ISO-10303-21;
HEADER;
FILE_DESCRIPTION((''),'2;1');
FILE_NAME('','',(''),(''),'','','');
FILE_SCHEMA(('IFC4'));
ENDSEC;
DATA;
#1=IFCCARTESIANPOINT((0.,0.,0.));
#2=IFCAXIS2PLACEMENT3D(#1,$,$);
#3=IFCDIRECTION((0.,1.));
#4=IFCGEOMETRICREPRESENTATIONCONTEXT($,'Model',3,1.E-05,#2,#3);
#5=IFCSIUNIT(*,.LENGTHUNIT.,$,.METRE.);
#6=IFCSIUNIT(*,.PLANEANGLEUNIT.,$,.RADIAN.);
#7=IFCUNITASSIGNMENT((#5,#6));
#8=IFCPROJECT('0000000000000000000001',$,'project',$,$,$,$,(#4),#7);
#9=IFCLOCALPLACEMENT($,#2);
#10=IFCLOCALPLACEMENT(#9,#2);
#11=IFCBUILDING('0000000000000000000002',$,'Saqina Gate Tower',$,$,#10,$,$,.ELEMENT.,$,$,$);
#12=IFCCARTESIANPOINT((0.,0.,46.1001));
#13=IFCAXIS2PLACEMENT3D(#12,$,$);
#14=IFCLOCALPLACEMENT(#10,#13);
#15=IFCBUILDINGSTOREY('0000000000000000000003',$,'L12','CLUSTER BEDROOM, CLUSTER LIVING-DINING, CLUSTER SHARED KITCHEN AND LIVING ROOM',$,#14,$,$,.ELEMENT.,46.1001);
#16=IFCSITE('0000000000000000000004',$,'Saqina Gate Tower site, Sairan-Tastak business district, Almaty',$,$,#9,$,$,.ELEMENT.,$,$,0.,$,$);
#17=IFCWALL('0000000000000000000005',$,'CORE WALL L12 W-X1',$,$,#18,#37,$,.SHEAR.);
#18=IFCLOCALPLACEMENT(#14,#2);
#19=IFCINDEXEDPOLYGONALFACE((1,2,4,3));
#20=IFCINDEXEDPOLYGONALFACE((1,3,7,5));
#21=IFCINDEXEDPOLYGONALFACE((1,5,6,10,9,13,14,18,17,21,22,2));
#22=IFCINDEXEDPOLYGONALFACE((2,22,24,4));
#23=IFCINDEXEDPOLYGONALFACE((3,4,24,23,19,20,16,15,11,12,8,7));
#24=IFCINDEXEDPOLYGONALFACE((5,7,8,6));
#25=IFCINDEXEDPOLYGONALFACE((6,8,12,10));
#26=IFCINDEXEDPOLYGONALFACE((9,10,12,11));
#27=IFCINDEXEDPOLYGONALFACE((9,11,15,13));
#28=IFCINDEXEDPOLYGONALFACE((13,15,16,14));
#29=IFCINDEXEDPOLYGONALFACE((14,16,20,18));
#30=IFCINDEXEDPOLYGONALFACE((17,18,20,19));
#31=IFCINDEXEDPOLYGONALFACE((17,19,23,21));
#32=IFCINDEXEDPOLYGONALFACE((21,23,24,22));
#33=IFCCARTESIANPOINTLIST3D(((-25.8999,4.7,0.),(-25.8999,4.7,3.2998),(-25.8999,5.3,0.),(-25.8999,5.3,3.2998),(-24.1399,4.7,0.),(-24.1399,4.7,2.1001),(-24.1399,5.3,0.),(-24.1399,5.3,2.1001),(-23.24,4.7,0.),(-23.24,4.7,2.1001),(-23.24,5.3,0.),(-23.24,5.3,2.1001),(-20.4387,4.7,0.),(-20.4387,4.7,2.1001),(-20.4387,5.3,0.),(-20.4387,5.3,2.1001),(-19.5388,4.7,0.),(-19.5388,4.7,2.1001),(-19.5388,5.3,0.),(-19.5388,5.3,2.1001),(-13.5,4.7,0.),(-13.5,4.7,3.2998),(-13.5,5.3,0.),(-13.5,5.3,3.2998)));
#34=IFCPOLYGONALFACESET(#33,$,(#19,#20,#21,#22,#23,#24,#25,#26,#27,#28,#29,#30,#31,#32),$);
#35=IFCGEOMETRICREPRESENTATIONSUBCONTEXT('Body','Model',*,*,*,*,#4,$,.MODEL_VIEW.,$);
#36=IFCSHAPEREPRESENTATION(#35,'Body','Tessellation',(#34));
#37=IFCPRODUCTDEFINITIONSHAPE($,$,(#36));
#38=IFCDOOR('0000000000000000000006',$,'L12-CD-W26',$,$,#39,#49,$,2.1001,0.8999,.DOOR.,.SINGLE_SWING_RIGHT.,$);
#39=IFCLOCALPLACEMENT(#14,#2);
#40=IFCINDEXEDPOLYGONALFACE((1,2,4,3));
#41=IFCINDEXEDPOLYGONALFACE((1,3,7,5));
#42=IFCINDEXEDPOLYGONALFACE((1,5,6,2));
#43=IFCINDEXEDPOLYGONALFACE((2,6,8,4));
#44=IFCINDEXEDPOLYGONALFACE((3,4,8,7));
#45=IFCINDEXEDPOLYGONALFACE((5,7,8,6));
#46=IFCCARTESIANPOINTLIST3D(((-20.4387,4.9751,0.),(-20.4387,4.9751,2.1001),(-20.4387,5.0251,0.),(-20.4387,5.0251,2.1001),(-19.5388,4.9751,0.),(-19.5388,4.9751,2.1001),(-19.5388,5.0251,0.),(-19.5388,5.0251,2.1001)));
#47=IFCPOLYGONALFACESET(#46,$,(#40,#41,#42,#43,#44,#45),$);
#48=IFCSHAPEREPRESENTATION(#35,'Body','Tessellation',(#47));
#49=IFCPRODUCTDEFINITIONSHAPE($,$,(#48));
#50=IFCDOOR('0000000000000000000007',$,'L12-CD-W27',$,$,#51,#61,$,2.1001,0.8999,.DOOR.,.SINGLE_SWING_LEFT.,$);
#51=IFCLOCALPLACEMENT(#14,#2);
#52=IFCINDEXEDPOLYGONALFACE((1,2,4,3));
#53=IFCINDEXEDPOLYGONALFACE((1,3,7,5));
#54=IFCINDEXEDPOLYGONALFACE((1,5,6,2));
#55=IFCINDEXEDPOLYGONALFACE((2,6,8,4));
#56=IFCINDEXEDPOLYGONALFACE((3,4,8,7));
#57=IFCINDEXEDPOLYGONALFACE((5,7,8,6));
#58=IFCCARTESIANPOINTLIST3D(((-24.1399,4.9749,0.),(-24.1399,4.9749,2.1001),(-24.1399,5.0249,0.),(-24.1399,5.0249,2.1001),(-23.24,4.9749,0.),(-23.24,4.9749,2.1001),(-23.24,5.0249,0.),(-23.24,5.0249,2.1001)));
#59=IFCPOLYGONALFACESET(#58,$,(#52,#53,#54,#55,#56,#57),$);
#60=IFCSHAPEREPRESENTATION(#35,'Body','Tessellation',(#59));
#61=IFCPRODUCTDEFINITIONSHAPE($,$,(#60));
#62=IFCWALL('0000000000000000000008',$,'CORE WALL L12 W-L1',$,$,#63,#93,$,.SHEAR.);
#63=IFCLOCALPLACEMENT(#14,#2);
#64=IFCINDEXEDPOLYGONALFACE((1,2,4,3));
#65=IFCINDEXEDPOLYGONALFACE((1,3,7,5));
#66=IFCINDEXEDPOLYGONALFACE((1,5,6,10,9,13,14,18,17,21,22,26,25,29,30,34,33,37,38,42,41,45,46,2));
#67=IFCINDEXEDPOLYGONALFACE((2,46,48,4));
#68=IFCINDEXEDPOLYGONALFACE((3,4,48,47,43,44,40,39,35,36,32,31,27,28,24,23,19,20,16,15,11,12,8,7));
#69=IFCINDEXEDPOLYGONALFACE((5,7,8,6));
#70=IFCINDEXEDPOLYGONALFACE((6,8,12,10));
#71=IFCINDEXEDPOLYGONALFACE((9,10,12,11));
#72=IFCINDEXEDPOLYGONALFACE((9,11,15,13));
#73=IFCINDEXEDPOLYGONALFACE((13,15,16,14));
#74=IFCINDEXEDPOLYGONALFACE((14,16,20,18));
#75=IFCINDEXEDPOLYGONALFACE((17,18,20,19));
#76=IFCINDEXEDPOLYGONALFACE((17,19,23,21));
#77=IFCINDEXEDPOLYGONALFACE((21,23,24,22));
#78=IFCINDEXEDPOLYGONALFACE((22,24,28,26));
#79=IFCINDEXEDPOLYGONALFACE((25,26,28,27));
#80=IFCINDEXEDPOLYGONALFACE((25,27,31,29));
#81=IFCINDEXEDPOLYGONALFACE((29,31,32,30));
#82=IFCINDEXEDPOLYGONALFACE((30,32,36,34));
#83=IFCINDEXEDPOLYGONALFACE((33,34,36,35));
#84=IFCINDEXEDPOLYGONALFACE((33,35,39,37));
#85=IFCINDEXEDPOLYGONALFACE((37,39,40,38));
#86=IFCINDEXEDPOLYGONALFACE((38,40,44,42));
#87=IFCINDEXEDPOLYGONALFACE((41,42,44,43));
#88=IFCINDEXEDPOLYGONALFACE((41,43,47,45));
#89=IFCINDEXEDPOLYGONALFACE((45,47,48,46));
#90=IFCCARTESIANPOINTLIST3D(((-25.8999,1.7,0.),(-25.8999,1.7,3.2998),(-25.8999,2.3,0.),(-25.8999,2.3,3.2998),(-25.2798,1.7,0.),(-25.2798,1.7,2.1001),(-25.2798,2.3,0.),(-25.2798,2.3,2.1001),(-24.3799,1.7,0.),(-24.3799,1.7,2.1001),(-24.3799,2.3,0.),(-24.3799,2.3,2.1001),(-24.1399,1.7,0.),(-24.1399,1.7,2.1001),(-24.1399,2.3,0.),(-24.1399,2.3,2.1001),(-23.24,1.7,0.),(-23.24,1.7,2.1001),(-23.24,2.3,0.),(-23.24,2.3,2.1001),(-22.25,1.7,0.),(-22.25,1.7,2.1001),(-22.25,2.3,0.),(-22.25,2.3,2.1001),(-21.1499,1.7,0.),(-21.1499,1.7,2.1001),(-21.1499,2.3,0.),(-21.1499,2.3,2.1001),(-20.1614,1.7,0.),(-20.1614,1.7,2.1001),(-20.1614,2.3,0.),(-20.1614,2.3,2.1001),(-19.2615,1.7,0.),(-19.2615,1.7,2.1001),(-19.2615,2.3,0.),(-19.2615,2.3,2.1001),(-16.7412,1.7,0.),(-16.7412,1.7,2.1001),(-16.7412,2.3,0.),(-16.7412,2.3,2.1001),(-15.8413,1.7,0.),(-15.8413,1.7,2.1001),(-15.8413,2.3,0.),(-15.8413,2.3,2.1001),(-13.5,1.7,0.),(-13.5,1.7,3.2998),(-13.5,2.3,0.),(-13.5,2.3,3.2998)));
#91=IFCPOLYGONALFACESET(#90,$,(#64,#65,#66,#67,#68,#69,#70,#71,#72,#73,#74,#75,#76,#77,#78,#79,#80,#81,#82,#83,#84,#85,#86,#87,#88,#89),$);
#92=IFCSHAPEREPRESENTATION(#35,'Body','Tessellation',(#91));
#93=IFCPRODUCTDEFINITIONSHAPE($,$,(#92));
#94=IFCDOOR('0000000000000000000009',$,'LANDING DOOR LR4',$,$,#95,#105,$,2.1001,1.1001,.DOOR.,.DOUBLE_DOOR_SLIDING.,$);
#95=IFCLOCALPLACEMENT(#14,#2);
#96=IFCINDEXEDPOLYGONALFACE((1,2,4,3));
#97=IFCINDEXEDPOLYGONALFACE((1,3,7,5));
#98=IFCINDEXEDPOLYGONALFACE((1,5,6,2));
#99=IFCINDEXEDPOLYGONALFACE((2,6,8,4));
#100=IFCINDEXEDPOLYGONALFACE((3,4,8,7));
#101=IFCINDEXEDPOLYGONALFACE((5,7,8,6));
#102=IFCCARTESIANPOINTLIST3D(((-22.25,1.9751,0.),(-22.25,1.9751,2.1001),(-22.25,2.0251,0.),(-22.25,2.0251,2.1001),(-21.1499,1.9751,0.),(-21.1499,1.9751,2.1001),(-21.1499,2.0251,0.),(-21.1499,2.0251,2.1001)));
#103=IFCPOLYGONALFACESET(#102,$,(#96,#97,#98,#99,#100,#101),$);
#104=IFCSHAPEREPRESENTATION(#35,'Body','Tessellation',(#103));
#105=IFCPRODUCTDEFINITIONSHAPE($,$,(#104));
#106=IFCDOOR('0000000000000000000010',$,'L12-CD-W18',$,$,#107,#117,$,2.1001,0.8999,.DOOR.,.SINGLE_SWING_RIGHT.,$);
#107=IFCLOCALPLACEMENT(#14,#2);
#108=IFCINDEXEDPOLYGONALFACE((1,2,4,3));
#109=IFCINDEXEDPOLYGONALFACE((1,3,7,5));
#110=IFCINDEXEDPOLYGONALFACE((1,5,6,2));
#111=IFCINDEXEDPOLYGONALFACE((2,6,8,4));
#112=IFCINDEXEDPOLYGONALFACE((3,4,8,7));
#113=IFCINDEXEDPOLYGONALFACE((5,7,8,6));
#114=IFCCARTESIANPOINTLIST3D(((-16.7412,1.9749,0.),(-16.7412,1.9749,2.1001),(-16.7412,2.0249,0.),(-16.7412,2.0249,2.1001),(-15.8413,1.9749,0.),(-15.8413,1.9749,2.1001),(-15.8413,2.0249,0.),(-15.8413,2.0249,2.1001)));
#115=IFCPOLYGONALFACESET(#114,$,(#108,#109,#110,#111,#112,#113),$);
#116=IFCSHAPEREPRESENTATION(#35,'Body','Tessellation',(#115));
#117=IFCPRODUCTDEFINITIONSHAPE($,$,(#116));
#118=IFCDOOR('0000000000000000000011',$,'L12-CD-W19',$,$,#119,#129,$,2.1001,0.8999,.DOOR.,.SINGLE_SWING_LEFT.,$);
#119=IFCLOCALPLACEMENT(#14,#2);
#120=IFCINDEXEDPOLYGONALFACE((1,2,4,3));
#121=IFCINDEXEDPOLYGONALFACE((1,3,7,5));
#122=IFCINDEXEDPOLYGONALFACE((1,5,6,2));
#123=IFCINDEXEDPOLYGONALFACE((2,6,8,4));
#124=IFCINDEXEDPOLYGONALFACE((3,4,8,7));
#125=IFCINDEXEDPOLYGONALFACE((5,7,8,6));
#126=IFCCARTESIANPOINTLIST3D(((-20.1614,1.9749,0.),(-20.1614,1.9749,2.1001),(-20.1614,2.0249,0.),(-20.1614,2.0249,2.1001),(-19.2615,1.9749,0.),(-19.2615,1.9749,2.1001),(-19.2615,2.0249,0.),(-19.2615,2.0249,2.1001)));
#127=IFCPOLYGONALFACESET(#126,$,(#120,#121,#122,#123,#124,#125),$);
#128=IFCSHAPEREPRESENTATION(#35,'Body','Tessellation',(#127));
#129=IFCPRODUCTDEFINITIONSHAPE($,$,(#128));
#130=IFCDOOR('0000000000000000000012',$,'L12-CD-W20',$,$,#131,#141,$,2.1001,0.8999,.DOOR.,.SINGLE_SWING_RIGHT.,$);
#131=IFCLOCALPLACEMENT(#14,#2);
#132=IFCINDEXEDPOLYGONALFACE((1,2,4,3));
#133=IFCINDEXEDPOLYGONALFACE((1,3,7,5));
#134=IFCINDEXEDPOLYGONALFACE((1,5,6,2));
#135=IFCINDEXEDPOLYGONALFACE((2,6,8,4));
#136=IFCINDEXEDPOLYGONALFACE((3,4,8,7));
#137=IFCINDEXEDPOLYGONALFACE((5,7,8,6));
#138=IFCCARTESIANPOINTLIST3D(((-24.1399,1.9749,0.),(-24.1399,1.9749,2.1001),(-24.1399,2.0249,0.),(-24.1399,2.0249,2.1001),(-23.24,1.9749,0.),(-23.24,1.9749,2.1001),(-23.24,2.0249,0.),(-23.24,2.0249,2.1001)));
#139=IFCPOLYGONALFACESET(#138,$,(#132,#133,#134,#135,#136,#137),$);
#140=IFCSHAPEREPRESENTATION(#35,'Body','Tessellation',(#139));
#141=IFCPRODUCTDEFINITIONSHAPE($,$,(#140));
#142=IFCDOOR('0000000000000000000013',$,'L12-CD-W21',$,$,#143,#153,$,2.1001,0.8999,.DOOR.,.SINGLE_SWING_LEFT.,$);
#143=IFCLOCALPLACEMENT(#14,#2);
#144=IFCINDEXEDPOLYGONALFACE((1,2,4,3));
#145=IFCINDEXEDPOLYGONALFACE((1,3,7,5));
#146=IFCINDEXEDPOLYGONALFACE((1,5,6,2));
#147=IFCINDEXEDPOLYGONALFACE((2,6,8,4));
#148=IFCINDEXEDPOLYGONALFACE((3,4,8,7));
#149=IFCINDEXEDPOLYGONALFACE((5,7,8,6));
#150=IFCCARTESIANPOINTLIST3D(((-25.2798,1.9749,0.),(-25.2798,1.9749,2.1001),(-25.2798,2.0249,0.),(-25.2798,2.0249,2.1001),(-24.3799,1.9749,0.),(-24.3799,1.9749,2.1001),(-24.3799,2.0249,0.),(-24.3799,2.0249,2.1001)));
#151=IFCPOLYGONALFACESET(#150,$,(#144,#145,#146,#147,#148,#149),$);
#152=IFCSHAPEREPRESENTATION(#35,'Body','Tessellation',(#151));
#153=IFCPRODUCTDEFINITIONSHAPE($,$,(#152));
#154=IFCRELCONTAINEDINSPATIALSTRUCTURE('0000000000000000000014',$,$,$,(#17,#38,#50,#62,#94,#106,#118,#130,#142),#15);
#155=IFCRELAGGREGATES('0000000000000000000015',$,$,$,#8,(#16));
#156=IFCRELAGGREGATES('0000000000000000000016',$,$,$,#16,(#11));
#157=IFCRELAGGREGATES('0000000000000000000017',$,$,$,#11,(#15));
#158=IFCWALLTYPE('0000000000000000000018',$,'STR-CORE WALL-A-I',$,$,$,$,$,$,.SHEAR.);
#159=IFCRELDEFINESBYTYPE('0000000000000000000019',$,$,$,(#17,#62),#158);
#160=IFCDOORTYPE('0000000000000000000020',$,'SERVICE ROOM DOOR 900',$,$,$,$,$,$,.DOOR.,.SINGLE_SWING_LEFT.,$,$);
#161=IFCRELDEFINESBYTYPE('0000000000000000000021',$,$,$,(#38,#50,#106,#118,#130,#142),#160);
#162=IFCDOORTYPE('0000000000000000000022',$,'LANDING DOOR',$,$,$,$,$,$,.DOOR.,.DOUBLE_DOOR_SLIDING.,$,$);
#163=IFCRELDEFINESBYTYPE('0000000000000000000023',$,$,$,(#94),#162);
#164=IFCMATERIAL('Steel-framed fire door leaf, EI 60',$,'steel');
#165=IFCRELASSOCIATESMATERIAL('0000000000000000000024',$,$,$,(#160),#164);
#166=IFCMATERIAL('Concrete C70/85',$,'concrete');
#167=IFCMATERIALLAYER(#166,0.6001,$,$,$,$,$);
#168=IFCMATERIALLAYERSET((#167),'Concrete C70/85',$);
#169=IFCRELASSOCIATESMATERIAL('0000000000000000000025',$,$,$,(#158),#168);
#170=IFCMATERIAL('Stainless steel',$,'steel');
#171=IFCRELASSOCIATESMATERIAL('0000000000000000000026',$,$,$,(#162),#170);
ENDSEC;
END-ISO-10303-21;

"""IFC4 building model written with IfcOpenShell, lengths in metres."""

from ifc_helpers import new_model, si_unit, direction, frame, frame_2d, origin, place, context, subcontext, project, spatial, rectangle, extrude, material, layer, layer_set, type_object, element, fill, save


model = new_model("IFC4")

# Units and contexts
model_context = context("Model", 3, precision=1e-05, world=origin(), true_north=direction((0.0, 1.0)))
body_context = subcontext(model_context, "Body", "Model", "MODEL_VIEW")
ifc_project = project(units=[si_unit("LENGTHUNIT", "METRE"), si_unit("PLANEANGLEUNIT", "RADIAN")], contexts=[model_context])

# Site, building, storey
site_placement = place(None, origin())
site = spatial("IfcSite", under=ifc_project, at=site_placement, Name="Saqina Gate Tower site, Sairan-Tastak business district, Almaty", CompositionType="ELEMENT", RefElevation=0.0)
building_placement = place(site_placement, origin())
building = spatial("IfcBuilding", under=site, at=building_placement, Name="Saqina Gate Tower", CompositionType="ELEMENT")
storey_placement = place(building_placement, frame((0.0, 0.0, 46.1001)))
storey = spatial("IfcBuildingStorey", under=building, at=storey_placement, Name="L12", Description="CLUSTER BEDROOM, CLUSTER LIVING-DINING, CLUSTER SHARED KITCHEN AND LIVING ROOM", CompositionType="ELEMENT", Elevation=46.1001)

# Shared definitions
ifc_material_1 = material(Name="Steel-framed fire door leaf, EI 60", Category="steel")
door_type_1 = type_object("IfcDoorType", Name="SERVICE ROOM DOOR 900", OperationType="SINGLE_SWING_LEFT", PredefinedType="DOOR", material=ifc_material_1)

# Walls, openings, doors
ifc_material_2 = material(Name="Concrete C70/85", Category="concrete")
ifc_layer_1 = layer(ifc_material_2, 0.6001)
ifc_layer_set_1 = layer_set([ifc_layer_1], Name="Concrete C70/85")
wall_type_1 = type_object("IfcWallType", Name="STR-CORE WALL-A-I", PredefinedType="SHEAR", material=ifc_layer_set_1)
wall_1_placement = place(storey_placement, frame((-13.5, 5.0, 0.0), z_axis=(0.0, 0.0, 1.0), x_axis=(-1.0, 0.0, 0.0)))
wall_1 = element("IfcWall", 1, at=wall_1_placement, inside=storey, type_object=wall_type_1, Name="CORE WALL L12 W-X1", PredefinedType="SHEAR", context=body_context, shape_type="SweptSolid", body=[
    extrude(rectangle(XDim=12.3999, YDim=0.6001, at=frame_2d((6.2, 0.0))), origin(), (0.0, 0.0, 1.0), 3.2998),
])
opening_1_placement = place(wall_1_placement, frame((6.0388, 0.0, 0.0)))
opening_1 = element("IfcOpeningElement", 2, at=opening_1_placement, cuts=wall_1, PredefinedType="OPENING", context=body_context, shape_type="SweptSolid", body=[
    extrude(rectangle(XDim=0.8999, YDim=2.1001, at=frame_2d((0.45, 1.05))), frame((0.0, 0.312, 0.0), z_axis=(0.0, -1.0, 0.0), x_axis=(1.0, 0.0, 0.0)), (0.0, 0.0, 1.0), 0.624),
])
opening_2_placement = place(wall_1_placement, frame((9.74, 0.0, 0.0)))
opening_2 = element("IfcOpeningElement", 3, at=opening_2_placement, cuts=wall_1, PredefinedType="OPENING", context=body_context, shape_type="SweptSolid", body=[
    extrude(rectangle(XDim=0.8999, YDim=2.1001, at=frame_2d((0.45, 1.05))), frame((0.0, 0.312, 0.0), z_axis=(0.0, -1.0, 0.0), x_axis=(1.0, 0.0, 0.0)), (0.0, 0.0, 1.0), 0.624),
])
door_1_placement = place(opening_1_placement, origin())
door_1 = element("IfcDoor", 4, at=door_1_placement, inside=storey, type_object=door_type_1, Name="L12-CD-W26", OperationType="SINGLE_SWING_RIGHT", OverallHeight=2.1001, OverallWidth=0.8999, PredefinedType="DOOR", context=body_context, shape_type="SweptSolid", body=[
    extrude(rectangle(XDim=0.8999, YDim=2.1001, at=frame_2d((0.45, 1.05))), frame((0.0, 0.0249, 0.0), z_axis=(0.0, -1.0, 0.0), x_axis=(1.0, 0.0, 0.0)), (0.0, 0.0, 1.0), 0.05),
])
fill(opening_1, door_1)
door_2_placement = place(opening_2_placement, frame((0.8999, 0.0, 0.0), z_axis=(0.0, 0.0, 1.0), x_axis=(-1.0, 0.0, 0.0)))
door_2 = element("IfcDoor", 5, at=door_2_placement, inside=storey, type_object=door_type_1, Name="L12-CD-W27", OperationType="SINGLE_SWING_LEFT", OverallHeight=2.1001, OverallWidth=0.8999, PredefinedType="DOOR", context=body_context, shape_type="SweptSolid", body=[
    extrude(rectangle(XDim=0.8999, YDim=2.1001, at=frame_2d((0.45, 1.05))), frame((0.0, 0.0249, 0.0), z_axis=(0.0, -1.0, 0.0), x_axis=(1.0, 0.0, 0.0)), (0.0, 0.0, 1.0), 0.05),
])
fill(opening_2, door_2)
wall_2_placement = place(storey_placement, frame((-13.5, 2.0, 0.0), z_axis=(0.0, 0.0, 1.0), x_axis=(-1.0, 0.0, 0.0)))
wall_2 = element("IfcWall", 6, at=wall_2_placement, inside=storey, type_object=wall_type_1, Name="CORE WALL L12 W-L1", PredefinedType="SHEAR", context=body_context, shape_type="SweptSolid", body=[
    extrude(rectangle(XDim=12.3999, YDim=0.6001, at=frame_2d((6.2, 0.0))), origin(), (0.0, 0.0, 1.0), 3.2998),
])
opening_3_placement = place(wall_2_placement, frame((7.6499, 0.0, 0.0)))
opening_3 = element("IfcOpeningElement", 7, at=opening_3_placement, cuts=wall_2, PredefinedType="OPENING", context=body_context, shape_type="SweptSolid", body=[
    extrude(rectangle(XDim=1.1001, YDim=2.1001, at=frame_2d((0.55, 1.05))), frame((0.0, 0.312, 0.0), z_axis=(0.0, -1.0, 0.0), x_axis=(1.0, 0.0, 0.0)), (0.0, 0.0, 1.0), 0.624),
])
opening_4_placement = place(wall_2_placement, frame((2.3413, 0.0, 0.0)))
opening_4 = element("IfcOpeningElement", 8, at=opening_4_placement, cuts=wall_2, PredefinedType="OPENING", context=body_context, shape_type="SweptSolid", body=[
    extrude(rectangle(XDim=0.8999, YDim=2.1001, at=frame_2d((0.45, 1.05))), frame((0.0, 0.312, 0.0), z_axis=(0.0, -1.0, 0.0), x_axis=(1.0, 0.0, 0.0)), (0.0, 0.0, 1.0), 0.624),
])
opening_5_placement = place(wall_2_placement, frame((5.7615, 0.0, 0.0)))
opening_5 = element("IfcOpeningElement", 9, at=opening_5_placement, cuts=wall_2, PredefinedType="OPENING", context=body_context, shape_type="SweptSolid", body=[
    extrude(rectangle(XDim=0.8999, YDim=2.1001, at=frame_2d((0.45, 1.05))), frame((0.0, 0.312, 0.0), z_axis=(0.0, -1.0, 0.0), x_axis=(1.0, 0.0, 0.0)), (0.0, 0.0, 1.0), 0.624),
])
opening_6_placement = place(wall_2_placement, frame((9.74, 0.0, 0.0)))
opening_6 = element("IfcOpeningElement", 10, at=opening_6_placement, cuts=wall_2, PredefinedType="OPENING", context=body_context, shape_type="SweptSolid", body=[
    extrude(rectangle(XDim=0.8999, YDim=2.1001, at=frame_2d((0.45, 1.05))), frame((0.0, 0.312, 0.0), z_axis=(0.0, -1.0, 0.0), x_axis=(1.0, 0.0, 0.0)), (0.0, 0.0, 1.0), 0.624),
])
opening_7_placement = place(wall_2_placement, frame((10.8799, 0.0, 0.0)))
opening_7 = element("IfcOpeningElement", 11, at=opening_7_placement, cuts=wall_2, PredefinedType="OPENING", context=body_context, shape_type="SweptSolid", body=[
    extrude(rectangle(XDim=0.8999, YDim=2.1001, at=frame_2d((0.45, 1.05))), frame((0.0, 0.312, 0.0), z_axis=(0.0, -1.0, 0.0), x_axis=(1.0, 0.0, 0.0)), (0.0, 0.0, 1.0), 0.624),
])
ifc_material_3 = material(Name="Stainless steel", Category="steel")
door_type_2 = type_object("IfcDoorType", Name="LANDING DOOR", OperationType="DOUBLE_DOOR_SLIDING", PredefinedType="DOOR", material=ifc_material_3)
door_3_placement = place(opening_3_placement, origin())
door_3 = element("IfcDoor", 12, at=door_3_placement, inside=storey, type_object=door_type_2, Name="LANDING DOOR LR4", OperationType="DOUBLE_DOOR_SLIDING", OverallHeight=2.1001, OverallWidth=1.1001, PredefinedType="DOOR", context=body_context, shape_type="SweptSolid", body=[
    extrude(rectangle(XDim=1.1001, YDim=2.1001, at=frame_2d((0.55, 1.05))), frame((0.0, 0.0249, 0.0), z_axis=(0.0, -1.0, 0.0), x_axis=(1.0, 0.0, 0.0)), (0.0, 0.0, 1.0), 0.05),
])
fill(opening_3, door_3)
door_4_placement = place(opening_4_placement, frame((0.8999, 0.0, 0.0), z_axis=(0.0, 0.0, 1.0), x_axis=(-1.0, 0.0, 0.0)))
door_4 = element("IfcDoor", 13, at=door_4_placement, inside=storey, type_object=door_type_1, Name="L12-CD-W18", OperationType="SINGLE_SWING_RIGHT", OverallHeight=2.1001, OverallWidth=0.8999, PredefinedType="DOOR", context=body_context, shape_type="SweptSolid", body=[
    extrude(rectangle(XDim=0.8999, YDim=2.1001, at=frame_2d((0.45, 1.05))), frame((0.0, 0.0249, 0.0), z_axis=(0.0, -1.0, 0.0), x_axis=(1.0, 0.0, 0.0)), (0.0, 0.0, 1.0), 0.05),
])
fill(opening_4, door_4)
door_5_placement = place(opening_5_placement, frame((0.8999, 0.0, 0.0), z_axis=(0.0, 0.0, 1.0), x_axis=(-1.0, 0.0, 0.0)))
door_5 = element("IfcDoor", 14, at=door_5_placement, inside=storey, type_object=door_type_1, Name="L12-CD-W19", OperationType="SINGLE_SWING_LEFT", OverallHeight=2.1001, OverallWidth=0.8999, PredefinedType="DOOR", context=body_context, shape_type="SweptSolid", body=[
    extrude(rectangle(XDim=0.8999, YDim=2.1001, at=frame_2d((0.45, 1.05))), frame((0.0, 0.0249, 0.0), z_axis=(0.0, -1.0, 0.0), x_axis=(1.0, 0.0, 0.0)), (0.0, 0.0, 1.0), 0.05),
])
fill(opening_5, door_5)
door_6_placement = place(opening_6_placement, frame((0.8999, 0.0, 0.0), z_axis=(0.0, 0.0, 1.0), x_axis=(-1.0, 0.0, 0.0)))
door_6 = element("IfcDoor", 15, at=door_6_placement, inside=storey, type_object=door_type_1, Name="L12-CD-W20", OperationType="SINGLE_SWING_RIGHT", OverallHeight=2.1001, OverallWidth=0.8999, PredefinedType="DOOR", context=body_context, shape_type="SweptSolid", body=[
    extrude(rectangle(XDim=0.8999, YDim=2.1001, at=frame_2d((0.45, 1.05))), frame((0.0, 0.0249, 0.0), z_axis=(0.0, -1.0, 0.0), x_axis=(1.0, 0.0, 0.0)), (0.0, 0.0, 1.0), 0.05),
])
fill(opening_6, door_6)
door_7_placement = place(opening_7_placement, frame((0.8999, 0.0, 0.0), z_axis=(0.0, 0.0, 1.0), x_axis=(-1.0, 0.0, 0.0)))
door_7 = element("IfcDoor", 16, at=door_7_placement, inside=storey, type_object=door_type_1, Name="L12-CD-W21", OperationType="SINGLE_SWING_LEFT", OverallHeight=2.1001, OverallWidth=0.8999, PredefinedType="DOOR", context=body_context, shape_type="SweptSolid", body=[
    extrude(rectangle(XDim=0.8999, YDim=2.1001, at=frame_2d((0.45, 1.05))), frame((0.0, 0.0249, 0.0), z_axis=(0.0, -1.0, 0.0), x_axis=(1.0, 0.0, 0.0)), (0.0, 0.0, 1.0), 0.05),
])
fill(opening_7, door_7)

save(model, "model.ifc")
